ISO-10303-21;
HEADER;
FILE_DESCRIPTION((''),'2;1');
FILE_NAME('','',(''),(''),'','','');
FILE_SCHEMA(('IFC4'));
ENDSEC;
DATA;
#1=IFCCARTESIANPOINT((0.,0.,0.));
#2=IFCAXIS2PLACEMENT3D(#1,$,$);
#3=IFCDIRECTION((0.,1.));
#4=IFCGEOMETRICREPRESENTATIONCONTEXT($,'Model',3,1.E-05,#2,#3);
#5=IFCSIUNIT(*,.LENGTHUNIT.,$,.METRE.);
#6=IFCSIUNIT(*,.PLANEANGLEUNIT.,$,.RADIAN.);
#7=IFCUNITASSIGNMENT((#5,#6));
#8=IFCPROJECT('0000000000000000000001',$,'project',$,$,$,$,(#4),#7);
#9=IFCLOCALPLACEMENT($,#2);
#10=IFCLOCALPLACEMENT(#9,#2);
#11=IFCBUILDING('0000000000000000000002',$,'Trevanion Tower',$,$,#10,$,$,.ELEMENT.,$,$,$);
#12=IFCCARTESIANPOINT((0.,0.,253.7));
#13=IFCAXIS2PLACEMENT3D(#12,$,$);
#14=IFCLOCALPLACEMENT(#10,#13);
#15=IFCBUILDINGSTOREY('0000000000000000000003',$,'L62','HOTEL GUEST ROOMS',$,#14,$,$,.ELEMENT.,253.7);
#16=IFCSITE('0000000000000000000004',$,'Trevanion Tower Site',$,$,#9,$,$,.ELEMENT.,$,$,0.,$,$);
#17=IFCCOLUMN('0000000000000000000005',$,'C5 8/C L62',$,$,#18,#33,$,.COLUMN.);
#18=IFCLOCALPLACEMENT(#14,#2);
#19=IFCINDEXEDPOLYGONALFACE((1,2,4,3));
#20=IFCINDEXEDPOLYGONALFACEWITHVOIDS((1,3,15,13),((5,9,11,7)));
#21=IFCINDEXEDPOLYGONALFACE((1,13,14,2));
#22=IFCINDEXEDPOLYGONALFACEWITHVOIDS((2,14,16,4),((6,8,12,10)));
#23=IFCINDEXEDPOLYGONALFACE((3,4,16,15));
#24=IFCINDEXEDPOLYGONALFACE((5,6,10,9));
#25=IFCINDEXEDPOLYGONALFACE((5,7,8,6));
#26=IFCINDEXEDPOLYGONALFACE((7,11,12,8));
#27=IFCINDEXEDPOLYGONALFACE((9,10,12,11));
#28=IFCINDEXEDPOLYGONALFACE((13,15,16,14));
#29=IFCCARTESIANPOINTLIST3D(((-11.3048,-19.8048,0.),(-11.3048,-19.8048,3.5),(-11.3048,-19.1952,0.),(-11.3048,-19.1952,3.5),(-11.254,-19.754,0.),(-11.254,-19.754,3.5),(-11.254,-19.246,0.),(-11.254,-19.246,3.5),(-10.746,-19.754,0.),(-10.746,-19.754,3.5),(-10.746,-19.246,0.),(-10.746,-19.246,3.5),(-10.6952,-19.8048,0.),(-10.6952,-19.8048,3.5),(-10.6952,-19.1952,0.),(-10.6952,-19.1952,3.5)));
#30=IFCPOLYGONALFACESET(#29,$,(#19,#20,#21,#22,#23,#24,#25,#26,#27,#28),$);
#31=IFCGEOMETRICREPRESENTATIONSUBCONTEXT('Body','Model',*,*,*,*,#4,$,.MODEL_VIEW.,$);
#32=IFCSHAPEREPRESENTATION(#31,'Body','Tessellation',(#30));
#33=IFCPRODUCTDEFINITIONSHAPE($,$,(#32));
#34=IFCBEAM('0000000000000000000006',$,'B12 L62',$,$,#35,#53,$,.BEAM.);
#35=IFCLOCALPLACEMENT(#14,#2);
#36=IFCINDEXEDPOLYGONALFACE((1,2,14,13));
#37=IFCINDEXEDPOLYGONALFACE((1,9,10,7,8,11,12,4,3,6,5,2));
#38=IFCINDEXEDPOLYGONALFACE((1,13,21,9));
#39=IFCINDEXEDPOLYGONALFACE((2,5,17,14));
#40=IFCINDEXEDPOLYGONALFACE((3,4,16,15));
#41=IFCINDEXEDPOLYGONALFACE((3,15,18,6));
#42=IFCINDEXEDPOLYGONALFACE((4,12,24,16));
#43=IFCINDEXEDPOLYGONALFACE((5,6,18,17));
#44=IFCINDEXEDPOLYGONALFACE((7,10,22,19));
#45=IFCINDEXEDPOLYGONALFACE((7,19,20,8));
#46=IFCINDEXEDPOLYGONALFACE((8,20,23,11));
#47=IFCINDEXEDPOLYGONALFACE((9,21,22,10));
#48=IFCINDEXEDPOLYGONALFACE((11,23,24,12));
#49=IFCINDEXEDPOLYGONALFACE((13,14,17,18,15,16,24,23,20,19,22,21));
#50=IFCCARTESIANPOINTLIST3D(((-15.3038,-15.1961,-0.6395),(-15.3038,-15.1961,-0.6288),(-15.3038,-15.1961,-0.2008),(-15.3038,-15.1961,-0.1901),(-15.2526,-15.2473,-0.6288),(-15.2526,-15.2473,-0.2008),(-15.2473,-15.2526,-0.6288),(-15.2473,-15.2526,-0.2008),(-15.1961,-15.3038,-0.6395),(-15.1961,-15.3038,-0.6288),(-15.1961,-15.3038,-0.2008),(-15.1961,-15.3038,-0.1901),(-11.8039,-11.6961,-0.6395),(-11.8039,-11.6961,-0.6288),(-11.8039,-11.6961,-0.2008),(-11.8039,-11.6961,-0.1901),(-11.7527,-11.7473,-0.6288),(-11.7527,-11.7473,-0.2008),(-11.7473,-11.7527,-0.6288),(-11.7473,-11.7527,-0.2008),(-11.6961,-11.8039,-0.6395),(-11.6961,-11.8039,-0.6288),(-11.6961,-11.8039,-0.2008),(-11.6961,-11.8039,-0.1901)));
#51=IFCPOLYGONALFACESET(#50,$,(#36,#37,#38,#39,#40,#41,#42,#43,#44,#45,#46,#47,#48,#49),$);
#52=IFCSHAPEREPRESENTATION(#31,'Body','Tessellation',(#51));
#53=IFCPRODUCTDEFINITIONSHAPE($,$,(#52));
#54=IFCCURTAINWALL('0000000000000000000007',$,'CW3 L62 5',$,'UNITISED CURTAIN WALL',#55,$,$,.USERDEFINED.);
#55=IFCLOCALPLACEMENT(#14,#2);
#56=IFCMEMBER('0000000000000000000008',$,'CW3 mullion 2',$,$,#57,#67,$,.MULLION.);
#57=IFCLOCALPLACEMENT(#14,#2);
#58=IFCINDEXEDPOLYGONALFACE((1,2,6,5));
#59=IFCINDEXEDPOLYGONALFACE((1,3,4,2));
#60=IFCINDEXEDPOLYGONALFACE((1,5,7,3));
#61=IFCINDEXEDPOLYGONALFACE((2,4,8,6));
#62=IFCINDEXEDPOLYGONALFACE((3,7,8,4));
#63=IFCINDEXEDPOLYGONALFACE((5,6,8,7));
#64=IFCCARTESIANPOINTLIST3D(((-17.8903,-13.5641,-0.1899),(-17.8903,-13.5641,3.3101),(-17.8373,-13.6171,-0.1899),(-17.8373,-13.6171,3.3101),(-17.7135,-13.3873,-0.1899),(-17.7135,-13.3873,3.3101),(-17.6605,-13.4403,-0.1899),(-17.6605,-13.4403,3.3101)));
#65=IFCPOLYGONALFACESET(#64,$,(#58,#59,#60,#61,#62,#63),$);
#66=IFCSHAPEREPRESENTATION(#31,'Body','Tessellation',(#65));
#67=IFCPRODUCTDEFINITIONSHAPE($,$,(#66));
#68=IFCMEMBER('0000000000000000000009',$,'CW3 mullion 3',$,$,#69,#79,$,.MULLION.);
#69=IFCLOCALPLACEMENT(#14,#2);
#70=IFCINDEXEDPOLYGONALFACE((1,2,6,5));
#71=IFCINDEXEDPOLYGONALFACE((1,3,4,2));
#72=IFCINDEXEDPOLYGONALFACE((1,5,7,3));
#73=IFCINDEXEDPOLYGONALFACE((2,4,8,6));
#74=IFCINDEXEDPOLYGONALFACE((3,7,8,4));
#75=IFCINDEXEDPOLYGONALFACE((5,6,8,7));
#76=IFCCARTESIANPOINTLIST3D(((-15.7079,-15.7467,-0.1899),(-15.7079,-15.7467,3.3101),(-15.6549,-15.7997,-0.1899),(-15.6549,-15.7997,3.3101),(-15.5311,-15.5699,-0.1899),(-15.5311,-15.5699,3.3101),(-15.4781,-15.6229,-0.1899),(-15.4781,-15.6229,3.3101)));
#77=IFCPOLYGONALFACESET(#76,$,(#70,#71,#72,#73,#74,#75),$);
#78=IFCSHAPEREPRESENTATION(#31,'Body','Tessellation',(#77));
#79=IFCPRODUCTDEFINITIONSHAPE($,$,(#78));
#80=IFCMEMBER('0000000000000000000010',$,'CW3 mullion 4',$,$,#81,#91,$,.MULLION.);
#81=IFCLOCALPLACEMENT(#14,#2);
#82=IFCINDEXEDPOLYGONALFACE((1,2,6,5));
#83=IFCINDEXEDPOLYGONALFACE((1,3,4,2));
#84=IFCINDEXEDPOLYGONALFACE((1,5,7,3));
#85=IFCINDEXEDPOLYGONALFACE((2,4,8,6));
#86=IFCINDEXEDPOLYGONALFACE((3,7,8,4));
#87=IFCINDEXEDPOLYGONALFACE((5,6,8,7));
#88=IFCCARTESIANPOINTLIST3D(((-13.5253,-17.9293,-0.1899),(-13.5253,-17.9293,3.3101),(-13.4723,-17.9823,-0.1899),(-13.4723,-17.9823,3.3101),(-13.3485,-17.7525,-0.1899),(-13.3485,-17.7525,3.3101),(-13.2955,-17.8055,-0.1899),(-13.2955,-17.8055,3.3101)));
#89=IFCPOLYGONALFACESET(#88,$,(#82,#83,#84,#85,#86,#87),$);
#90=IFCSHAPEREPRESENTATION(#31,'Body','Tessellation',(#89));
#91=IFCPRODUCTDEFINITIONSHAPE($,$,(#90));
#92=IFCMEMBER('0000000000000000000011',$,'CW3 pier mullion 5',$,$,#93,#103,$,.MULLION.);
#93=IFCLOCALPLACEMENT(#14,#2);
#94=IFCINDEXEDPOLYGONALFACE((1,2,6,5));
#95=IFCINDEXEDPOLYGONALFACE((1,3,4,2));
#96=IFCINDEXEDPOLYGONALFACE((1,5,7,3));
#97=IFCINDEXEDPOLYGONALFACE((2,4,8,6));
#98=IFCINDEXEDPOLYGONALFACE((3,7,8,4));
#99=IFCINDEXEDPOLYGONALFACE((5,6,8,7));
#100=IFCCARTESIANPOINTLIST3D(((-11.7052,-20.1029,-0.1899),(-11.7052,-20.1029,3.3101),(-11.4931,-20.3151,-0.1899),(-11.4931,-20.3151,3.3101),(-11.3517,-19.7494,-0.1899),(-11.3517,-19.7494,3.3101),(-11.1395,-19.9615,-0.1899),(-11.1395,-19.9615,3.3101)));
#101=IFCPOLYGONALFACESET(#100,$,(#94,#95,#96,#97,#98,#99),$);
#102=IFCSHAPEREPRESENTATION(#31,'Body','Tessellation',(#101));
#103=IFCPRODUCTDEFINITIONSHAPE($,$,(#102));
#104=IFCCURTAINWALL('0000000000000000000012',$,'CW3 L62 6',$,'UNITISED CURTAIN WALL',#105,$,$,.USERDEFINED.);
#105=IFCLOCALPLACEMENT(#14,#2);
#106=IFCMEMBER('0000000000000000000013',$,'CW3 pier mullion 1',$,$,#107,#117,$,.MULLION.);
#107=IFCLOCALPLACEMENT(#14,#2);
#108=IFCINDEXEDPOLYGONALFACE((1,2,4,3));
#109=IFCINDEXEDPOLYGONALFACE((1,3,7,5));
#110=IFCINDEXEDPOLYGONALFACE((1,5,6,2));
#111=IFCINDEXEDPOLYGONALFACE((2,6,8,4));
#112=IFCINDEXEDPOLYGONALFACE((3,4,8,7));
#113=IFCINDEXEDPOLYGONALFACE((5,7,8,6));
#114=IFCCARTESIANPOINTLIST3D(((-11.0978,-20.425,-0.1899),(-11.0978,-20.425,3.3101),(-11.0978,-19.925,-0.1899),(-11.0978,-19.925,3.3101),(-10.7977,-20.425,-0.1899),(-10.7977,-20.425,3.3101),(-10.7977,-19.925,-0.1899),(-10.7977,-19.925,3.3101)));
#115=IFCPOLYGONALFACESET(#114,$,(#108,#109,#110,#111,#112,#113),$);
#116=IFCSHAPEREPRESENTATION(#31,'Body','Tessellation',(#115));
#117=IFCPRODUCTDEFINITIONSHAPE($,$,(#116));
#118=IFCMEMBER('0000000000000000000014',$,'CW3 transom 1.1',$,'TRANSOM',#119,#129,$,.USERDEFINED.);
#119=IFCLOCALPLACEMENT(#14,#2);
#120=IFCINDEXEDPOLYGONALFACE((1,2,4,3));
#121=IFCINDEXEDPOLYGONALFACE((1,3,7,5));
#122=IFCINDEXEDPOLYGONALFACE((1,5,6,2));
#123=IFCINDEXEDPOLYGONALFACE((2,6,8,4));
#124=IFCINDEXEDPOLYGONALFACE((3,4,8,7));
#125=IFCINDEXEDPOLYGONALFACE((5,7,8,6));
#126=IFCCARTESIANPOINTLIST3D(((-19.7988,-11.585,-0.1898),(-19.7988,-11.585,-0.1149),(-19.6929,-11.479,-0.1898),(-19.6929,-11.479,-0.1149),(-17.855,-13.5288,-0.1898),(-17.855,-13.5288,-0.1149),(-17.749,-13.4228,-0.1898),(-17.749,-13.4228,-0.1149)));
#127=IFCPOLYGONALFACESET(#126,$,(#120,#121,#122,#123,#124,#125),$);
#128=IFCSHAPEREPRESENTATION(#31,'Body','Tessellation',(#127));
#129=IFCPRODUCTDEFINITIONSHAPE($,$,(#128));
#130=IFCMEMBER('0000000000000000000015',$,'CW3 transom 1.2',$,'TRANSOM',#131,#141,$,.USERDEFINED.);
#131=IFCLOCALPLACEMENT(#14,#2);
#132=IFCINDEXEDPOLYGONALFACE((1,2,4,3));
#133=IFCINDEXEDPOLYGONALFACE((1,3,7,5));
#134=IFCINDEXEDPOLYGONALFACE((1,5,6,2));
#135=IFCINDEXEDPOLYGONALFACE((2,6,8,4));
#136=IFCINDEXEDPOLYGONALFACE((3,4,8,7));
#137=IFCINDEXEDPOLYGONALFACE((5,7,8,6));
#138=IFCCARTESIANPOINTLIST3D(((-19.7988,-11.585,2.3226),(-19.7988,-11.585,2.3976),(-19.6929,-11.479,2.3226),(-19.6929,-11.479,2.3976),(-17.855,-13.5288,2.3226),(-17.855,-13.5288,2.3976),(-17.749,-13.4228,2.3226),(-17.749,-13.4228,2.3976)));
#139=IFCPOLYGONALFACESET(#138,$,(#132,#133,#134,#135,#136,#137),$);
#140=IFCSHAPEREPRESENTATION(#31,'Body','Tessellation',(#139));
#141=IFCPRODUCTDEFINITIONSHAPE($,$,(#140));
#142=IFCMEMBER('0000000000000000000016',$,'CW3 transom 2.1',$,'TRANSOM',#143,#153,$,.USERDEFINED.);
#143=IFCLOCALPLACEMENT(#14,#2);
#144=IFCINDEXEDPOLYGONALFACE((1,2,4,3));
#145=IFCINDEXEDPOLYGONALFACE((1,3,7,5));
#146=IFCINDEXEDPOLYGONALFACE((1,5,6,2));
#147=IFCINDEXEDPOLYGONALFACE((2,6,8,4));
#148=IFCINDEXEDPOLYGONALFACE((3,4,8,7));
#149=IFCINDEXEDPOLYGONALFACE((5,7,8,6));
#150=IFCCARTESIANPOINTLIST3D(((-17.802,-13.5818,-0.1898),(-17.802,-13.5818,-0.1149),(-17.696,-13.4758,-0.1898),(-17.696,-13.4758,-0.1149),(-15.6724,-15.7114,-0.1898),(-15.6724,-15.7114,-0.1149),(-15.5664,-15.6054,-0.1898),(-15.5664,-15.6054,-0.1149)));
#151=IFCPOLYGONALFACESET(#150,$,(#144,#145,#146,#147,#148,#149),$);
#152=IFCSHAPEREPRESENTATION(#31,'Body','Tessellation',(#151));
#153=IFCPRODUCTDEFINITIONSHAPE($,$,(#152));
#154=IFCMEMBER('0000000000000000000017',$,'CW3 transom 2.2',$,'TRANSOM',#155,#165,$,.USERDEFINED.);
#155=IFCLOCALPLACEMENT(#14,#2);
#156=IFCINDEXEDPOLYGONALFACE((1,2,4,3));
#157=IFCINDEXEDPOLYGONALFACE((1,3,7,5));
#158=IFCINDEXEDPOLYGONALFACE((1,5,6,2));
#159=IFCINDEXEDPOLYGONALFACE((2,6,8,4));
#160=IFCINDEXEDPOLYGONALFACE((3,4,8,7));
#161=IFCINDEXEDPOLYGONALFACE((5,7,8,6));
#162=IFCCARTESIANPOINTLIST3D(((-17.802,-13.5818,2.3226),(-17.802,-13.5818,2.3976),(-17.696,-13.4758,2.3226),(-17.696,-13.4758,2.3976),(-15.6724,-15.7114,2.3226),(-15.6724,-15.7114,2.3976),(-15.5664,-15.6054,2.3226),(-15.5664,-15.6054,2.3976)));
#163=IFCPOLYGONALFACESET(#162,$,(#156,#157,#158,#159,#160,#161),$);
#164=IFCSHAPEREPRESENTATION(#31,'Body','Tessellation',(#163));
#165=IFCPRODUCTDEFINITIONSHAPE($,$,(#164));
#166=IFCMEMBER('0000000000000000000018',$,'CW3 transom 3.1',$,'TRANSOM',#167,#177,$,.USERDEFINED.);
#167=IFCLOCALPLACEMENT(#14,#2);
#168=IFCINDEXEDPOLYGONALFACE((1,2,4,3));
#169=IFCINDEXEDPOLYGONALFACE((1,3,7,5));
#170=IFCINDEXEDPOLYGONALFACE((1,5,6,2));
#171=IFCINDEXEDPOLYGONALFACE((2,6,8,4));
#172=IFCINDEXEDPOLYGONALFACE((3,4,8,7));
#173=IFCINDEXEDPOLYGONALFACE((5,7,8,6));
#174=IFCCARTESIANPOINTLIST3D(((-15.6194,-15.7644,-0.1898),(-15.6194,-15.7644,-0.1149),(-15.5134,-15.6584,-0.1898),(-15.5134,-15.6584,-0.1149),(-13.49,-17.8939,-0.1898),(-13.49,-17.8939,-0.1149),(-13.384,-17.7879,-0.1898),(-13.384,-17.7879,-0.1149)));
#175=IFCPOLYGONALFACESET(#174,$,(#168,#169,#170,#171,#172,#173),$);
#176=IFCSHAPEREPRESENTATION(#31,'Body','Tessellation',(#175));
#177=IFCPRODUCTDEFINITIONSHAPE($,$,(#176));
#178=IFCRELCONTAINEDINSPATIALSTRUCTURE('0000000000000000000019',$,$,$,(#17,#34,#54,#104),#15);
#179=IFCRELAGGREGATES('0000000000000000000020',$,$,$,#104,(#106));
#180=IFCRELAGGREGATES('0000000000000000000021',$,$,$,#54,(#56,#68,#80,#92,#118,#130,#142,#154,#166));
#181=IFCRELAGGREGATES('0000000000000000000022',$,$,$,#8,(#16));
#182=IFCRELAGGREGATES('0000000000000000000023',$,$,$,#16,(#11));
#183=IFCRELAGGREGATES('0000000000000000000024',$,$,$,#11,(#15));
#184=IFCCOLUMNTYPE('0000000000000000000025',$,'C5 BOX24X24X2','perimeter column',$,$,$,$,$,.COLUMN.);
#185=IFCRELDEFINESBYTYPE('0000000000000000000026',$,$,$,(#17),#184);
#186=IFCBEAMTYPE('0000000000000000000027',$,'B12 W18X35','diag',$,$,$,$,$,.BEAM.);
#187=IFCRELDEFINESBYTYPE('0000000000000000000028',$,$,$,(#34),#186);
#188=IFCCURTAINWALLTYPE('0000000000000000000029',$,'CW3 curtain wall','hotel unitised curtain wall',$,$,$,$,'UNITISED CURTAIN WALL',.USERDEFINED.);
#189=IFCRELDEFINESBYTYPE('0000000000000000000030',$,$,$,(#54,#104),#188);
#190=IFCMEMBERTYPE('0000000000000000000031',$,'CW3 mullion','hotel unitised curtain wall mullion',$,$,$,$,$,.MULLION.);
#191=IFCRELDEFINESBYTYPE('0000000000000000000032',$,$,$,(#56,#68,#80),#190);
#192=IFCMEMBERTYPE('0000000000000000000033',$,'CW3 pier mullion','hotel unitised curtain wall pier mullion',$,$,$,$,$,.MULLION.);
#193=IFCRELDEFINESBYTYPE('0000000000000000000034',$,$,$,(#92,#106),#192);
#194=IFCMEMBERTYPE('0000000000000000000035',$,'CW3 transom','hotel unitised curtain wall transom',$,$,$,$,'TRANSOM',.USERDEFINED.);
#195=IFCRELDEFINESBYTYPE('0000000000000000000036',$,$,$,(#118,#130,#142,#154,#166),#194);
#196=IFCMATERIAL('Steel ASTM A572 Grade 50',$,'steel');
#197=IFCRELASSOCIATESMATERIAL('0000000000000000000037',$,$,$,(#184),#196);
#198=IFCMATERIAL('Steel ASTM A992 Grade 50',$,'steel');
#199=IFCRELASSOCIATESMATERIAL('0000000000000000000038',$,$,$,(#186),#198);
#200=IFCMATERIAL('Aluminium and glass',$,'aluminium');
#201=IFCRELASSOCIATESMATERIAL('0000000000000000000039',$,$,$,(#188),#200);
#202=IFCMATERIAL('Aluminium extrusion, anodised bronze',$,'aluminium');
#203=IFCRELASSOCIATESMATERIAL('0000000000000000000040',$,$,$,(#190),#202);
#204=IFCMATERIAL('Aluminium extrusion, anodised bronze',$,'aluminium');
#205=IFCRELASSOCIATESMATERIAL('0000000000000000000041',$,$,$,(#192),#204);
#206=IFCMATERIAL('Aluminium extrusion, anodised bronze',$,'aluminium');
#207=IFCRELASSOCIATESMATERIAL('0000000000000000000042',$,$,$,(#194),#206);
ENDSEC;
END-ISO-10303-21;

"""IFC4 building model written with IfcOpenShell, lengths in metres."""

from ifc_helpers import new_model, si_unit, direction, frame, origin, origin_2d, place, context, subcontext, project, spatial, rectangle, hollow_rectangle, i_section, extrude, material, material_profile, profile_set, type_object, element, aggregate, save


model = new_model("IFC4")

# Units and contexts
model_context = context("Model", 3, precision=1e-05, world=origin(), true_north=direction((0.0, 1.0)))
body_context = subcontext(model_context, "Body", "Model", "MODEL_VIEW")
ifc_project = project(units=[si_unit("LENGTHUNIT", "METRE"), si_unit("PLANEANGLEUNIT", "RADIAN")], contexts=[model_context])

# Site, building, storey
site_placement = place(None, origin())
site = spatial("IfcSite", under=ifc_project, at=site_placement, Name="Trevanion Tower Site", CompositionType="ELEMENT", RefElevation=0.0)
building_placement = place(site_placement, origin())
building = spatial("IfcBuilding", under=site, at=building_placement, Name="Trevanion Tower", CompositionType="ELEMENT")
storey_placement = place(building_placement, frame((0.0, 0.0, 253.7)))
storey = spatial("IfcBuildingStorey", under=building, at=storey_placement, Name="L62", Description="HOTEL GUEST ROOMS", CompositionType="ELEMENT", Elevation=253.7)

# Column
ifc_material_1 = material(Name="Steel ASTM A572 Grade 50", Category="steel")
ifc_material_profile_1 = material_profile(ifc_material_1, hollow_rectangle(XDim=0.6096, YDim=0.6096, WallThickness=0.0508, at=origin_2d()), Name="BOX24X24X2")
ifc_profile_set_1 = profile_set([ifc_material_profile_1], Name="Steel ASTM A572 Grade 50")
column_type = type_object("IfcColumnType", Name="C5 BOX24X24X2", Description="perimeter column", PredefinedType="COLUMN", material=ifc_profile_set_1)
column_placement = place(storey_placement, frame((-11.0, -19.5, 0.0), z_axis=(0.0, 0.0, 1.0), x_axis=(1.0, 0.0, 0.0)))
element("IfcColumn", 1, at=column_placement, inside=storey, type_object=column_type, Name="C5 8/C L62", PredefinedType="COLUMN", context=body_context, shape_type="SweptSolid", body=[
    extrude(hollow_rectangle(XDim=0.6096, YDim=0.6096, WallThickness=0.0508, at=origin_2d()), origin(), (0.0, 0.0, 1.0), 3.5),
])

# Beam
ifc_material_2 = material(Name="Steel ASTM A992 Grade 50", Category="steel")
ifc_material_profile_2 = material_profile(ifc_material_2, i_section(OverallWidth=0.1523, OverallDepth=0.4495, WebThickness=0.0076, FlangeThickness=0.0107, at=origin_2d()), Name="W18X35")
ifc_profile_set_2 = profile_set([ifc_material_profile_2], Name="Steel ASTM A992 Grade 50")
beam_type_1 = type_object("IfcBeamType", Name="B12 W18X35", Description="diag", PredefinedType="BEAM", material=ifc_profile_set_2)
beam_1_placement = place(storey_placement, frame((-11.75, -11.75, -0.4148), z_axis=(-0.707107, -0.707107, 0.0), x_axis=(0.707107, -0.707107, 0.0)))
element("IfcBeam", 2, at=beam_1_placement, inside=storey, type_object=beam_type_1, Name="B12 L62", PredefinedType="BEAM", context=body_context, shape_type="SweptSolid", body=[
    extrude(i_section(OverallWidth=0.1523, OverallDepth=0.4495, WebThickness=0.0076, FlangeThickness=0.0107, at=origin_2d()), origin(), (0.0, 0.0, 1.0), 4.9497),
])

# Curtain wall, members
ifc_material_3 = material(Name="Aluminium and glass", Category="aluminium")
curtain_wall_type = type_object("IfcCurtainWallType", Name="CW3 curtain wall", Description="hotel unitised curtain wall", ElementType="UNITISED CURTAIN WALL", PredefinedType="USERDEFINED", material=ifc_material_3)
curtain_wall_1_placement = place(storey_placement, origin())
curtain_wall_1 = element("IfcCurtainWall", 3, at=curtain_wall_1_placement, inside=storey, type_object=curtain_wall_type, Name="CW3 L62 5", ObjectType="UNITISED CURTAIN WALL", PredefinedType="USERDEFINED")
ifc_material_4 = material(Name="Aluminium extrusion, anodised bronze", Category="aluminium")
ifc_material_profile_3 = material_profile(ifc_material_4, rectangle(XDim=0.075, YDim=0.25, at=origin_2d()), Name="CW3 mullion")
ifc_profile_set_3 = profile_set([ifc_material_profile_3], Name="Aluminium extrusion, anodised bronze")
member_type_1 = type_object("IfcMemberType", Name="CW3 mullion", Description="hotel unitised curtain wall mullion", PredefinedType="MULLION", material=ifc_profile_set_3)
member_1_placement = place(storey_placement, frame((-17.7754, -13.5022, -0.1899), z_axis=(0.0, 0.0, 1.0), x_axis=(0.707107, -0.707107, 0.0)))
member_1 = element("IfcMember", 4, at=member_1_placement, type_object=member_type_1, Name="CW3 mullion 2", PredefinedType="MULLION", context=body_context, shape_type="SweptSolid", body=[
    extrude(rectangle(XDim=0.075, YDim=0.25, at=origin_2d()), origin(), (0.0, 0.0, 1.0), 3.5),
])
member_2_placement = place(storey_placement, frame((-15.593, -15.6848, -0.1899), z_axis=(0.0, 0.0, 1.0), x_axis=(0.707107, -0.707107, 0.0)))
member_2 = element("IfcMember", 5, at=member_2_placement, type_object=member_type_1, Name="CW3 mullion 3", PredefinedType="MULLION", context=body_context, shape_type="SweptSolid", body=[
    extrude(rectangle(XDim=0.075, YDim=0.25, at=origin_2d()), origin(), (0.0, 0.0, 1.0), 3.5),
])
member_3_placement = place(storey_placement, frame((-13.4104, -17.8674, -0.1899), z_axis=(0.0, 0.0, 1.0), x_axis=(0.707107, -0.707107, 0.0)))
member_3 = element("IfcMember", 6, at=member_3_placement, type_object=member_type_1, Name="CW3 mullion 4", PredefinedType="MULLION", context=body_context, shape_type="SweptSolid", body=[
    extrude(rectangle(XDim=0.075, YDim=0.25, at=origin_2d()), origin(), (0.0, 0.0, 1.0), 3.5),
])
ifc_material_5 = material(Name="Aluminium extrusion, anodised bronze", Category="aluminium")
ifc_material_profile_4 = material_profile(ifc_material_5, rectangle(XDim=0.3, YDim=0.5, at=origin_2d()), Name="CW3 pier mullion")
ifc_profile_set_4 = profile_set([ifc_material_profile_4], Name="Aluminium extrusion, anodised bronze")
member_type_2 = type_object("IfcMemberType", Name="CW3 pier mullion", Description="hotel unitised curtain wall pier mullion", PredefinedType="MULLION", material=ifc_profile_set_4)
member_4_placement = place(storey_placement, frame((-11.4224, -20.0322, -0.1899), z_axis=(0.0, 0.0, 1.0), x_axis=(0.707107, -0.707107, 0.0)))
member_4 = element("IfcMember", 7, at=member_4_placement, type_object=member_type_2, Name="CW3 pier mullion 5", PredefinedType="MULLION", context=body_context, shape_type="SweptSolid", body=[
    extrude(rectangle(XDim=0.3, YDim=0.5, at=origin_2d()), origin(), (0.0, 0.0, 1.0), 3.5),
])

# Curtain wall, member
curtain_wall_2_placement = place(storey_placement, origin())
curtain_wall_2 = element("IfcCurtainWall", 8, at=curtain_wall_2_placement, inside=storey, type_object=curtain_wall_type, Name="CW3 L62 6", ObjectType="UNITISED CURTAIN WALL", PredefinedType="USERDEFINED")
member_5_placement = place(storey_placement, frame((-10.9478, -20.175, -0.1899), z_axis=(0.0, 0.0, 1.0), x_axis=(1.0, 0.0, 0.0)))
member_5 = element("IfcMember", 9, at=member_5_placement, type_object=member_type_2, Name="CW3 pier mullion 1", PredefinedType="MULLION", context=body_context, shape_type="SweptSolid", body=[
    extrude(rectangle(XDim=0.3, YDim=0.5, at=origin_2d()), origin(), (0.0, 0.0, 1.0), 3.5),
])
aggregate(curtain_wall_2, [member_5])

# Members
ifc_material_6 = material(Name="Aluminium extrusion, anodised bronze", Category="aluminium")
ifc_material_profile_5 = material_profile(ifc_material_6, rectangle(XDim=0.1499, YDim=0.075, at=origin_2d()), Name="CW3 transom")
ifc_profile_set_5 = profile_set([ifc_material_profile_5], Name="Aluminium extrusion, anodised bronze")
member_type_3 = type_object("IfcMemberType", Name="CW3 transom", Description="hotel unitised curtain wall transom", ElementType="TRANSOM", PredefinedType="USERDEFINED", material=ifc_profile_set_5)
member_6_placement = place(storey_placement, frame((-19.7458, -11.532, -0.1523), z_axis=(0.707107, -0.707107, 0.0), x_axis=(0.707107, 0.707107, 0.0)))
member_6 = element("IfcMember", 10, at=member_6_placement, type_object=member_type_3, Name="CW3 transom 1.1", ObjectType="TRANSOM", PredefinedType="USERDEFINED", context=body_context, shape_type="SweptSolid", body=[
    extrude(rectangle(XDim=0.1499, YDim=0.075, at=origin_2d()), origin(), (0.0, 0.0, 1.0), 2.749),
])
member_7_placement = place(storey_placement, frame((-19.7458, -11.532, 2.3601), z_axis=(0.707107, -0.707107, 0.0), x_axis=(0.707107, 0.707107, 0.0)))
member_7 = element("IfcMember", 11, at=member_7_placement, type_object=member_type_3, Name="CW3 transom 1.2", ObjectType="TRANSOM", PredefinedType="USERDEFINED", context=body_context, shape_type="SweptSolid", body=[
    extrude(rectangle(XDim=0.1499, YDim=0.075, at=origin_2d()), origin(), (0.0, 0.0, 1.0), 2.749),
])
member_8_placement = place(storey_placement, frame((-17.749, -13.5288, -0.1523), z_axis=(0.707107, -0.707107, 0.0), x_axis=(0.707107, 0.707107, 0.0)))
member_8 = element("IfcMember", 12, at=member_8_placement, type_object=member_type_3, Name="CW3 transom 2.1", ObjectType="TRANSOM", PredefinedType="USERDEFINED", context=body_context, shape_type="SweptSolid", body=[
    extrude(rectangle(XDim=0.1499, YDim=0.075, at=origin_2d()), origin(), (0.0, 0.0, 1.0), 3.0117),
])
member_9_placement = place(storey_placement, frame((-17.749, -13.5288, 2.3601), z_axis=(0.707107, -0.707107, 0.0), x_axis=(0.707107, 0.707107, 0.0)))
member_9 = element("IfcMember", 13, at=member_9_placement, type_object=member_type_3, Name="CW3 transom 2.2", ObjectType="TRANSOM", PredefinedType="USERDEFINED", context=body_context, shape_type="SweptSolid", body=[
    extrude(rectangle(XDim=0.1499, YDim=0.075, at=origin_2d()), origin(), (0.0, 0.0, 1.0), 3.0117),
])
member_10_placement = place(storey_placement, frame((-15.5664, -15.7114, -0.1523), z_axis=(0.707107, -0.707107, 0.0), x_axis=(0.707107, 0.707107, 0.0)))
member_10 = element("IfcMember", 14, at=member_10_placement, type_object=member_type_3, Name="CW3 transom 3.1", ObjectType="TRANSOM", PredefinedType="USERDEFINED", context=body_context, shape_type="SweptSolid", body=[
    extrude(rectangle(XDim=0.1499, YDim=0.075, at=origin_2d()), origin(), (0.0, 0.0, 1.0), 3.0115),
])

aggregate(curtain_wall_1, [member_1, member_2, member_3, member_4, member_6, member_7, member_8, member_9, member_10])

save(model, "model.ifc")
